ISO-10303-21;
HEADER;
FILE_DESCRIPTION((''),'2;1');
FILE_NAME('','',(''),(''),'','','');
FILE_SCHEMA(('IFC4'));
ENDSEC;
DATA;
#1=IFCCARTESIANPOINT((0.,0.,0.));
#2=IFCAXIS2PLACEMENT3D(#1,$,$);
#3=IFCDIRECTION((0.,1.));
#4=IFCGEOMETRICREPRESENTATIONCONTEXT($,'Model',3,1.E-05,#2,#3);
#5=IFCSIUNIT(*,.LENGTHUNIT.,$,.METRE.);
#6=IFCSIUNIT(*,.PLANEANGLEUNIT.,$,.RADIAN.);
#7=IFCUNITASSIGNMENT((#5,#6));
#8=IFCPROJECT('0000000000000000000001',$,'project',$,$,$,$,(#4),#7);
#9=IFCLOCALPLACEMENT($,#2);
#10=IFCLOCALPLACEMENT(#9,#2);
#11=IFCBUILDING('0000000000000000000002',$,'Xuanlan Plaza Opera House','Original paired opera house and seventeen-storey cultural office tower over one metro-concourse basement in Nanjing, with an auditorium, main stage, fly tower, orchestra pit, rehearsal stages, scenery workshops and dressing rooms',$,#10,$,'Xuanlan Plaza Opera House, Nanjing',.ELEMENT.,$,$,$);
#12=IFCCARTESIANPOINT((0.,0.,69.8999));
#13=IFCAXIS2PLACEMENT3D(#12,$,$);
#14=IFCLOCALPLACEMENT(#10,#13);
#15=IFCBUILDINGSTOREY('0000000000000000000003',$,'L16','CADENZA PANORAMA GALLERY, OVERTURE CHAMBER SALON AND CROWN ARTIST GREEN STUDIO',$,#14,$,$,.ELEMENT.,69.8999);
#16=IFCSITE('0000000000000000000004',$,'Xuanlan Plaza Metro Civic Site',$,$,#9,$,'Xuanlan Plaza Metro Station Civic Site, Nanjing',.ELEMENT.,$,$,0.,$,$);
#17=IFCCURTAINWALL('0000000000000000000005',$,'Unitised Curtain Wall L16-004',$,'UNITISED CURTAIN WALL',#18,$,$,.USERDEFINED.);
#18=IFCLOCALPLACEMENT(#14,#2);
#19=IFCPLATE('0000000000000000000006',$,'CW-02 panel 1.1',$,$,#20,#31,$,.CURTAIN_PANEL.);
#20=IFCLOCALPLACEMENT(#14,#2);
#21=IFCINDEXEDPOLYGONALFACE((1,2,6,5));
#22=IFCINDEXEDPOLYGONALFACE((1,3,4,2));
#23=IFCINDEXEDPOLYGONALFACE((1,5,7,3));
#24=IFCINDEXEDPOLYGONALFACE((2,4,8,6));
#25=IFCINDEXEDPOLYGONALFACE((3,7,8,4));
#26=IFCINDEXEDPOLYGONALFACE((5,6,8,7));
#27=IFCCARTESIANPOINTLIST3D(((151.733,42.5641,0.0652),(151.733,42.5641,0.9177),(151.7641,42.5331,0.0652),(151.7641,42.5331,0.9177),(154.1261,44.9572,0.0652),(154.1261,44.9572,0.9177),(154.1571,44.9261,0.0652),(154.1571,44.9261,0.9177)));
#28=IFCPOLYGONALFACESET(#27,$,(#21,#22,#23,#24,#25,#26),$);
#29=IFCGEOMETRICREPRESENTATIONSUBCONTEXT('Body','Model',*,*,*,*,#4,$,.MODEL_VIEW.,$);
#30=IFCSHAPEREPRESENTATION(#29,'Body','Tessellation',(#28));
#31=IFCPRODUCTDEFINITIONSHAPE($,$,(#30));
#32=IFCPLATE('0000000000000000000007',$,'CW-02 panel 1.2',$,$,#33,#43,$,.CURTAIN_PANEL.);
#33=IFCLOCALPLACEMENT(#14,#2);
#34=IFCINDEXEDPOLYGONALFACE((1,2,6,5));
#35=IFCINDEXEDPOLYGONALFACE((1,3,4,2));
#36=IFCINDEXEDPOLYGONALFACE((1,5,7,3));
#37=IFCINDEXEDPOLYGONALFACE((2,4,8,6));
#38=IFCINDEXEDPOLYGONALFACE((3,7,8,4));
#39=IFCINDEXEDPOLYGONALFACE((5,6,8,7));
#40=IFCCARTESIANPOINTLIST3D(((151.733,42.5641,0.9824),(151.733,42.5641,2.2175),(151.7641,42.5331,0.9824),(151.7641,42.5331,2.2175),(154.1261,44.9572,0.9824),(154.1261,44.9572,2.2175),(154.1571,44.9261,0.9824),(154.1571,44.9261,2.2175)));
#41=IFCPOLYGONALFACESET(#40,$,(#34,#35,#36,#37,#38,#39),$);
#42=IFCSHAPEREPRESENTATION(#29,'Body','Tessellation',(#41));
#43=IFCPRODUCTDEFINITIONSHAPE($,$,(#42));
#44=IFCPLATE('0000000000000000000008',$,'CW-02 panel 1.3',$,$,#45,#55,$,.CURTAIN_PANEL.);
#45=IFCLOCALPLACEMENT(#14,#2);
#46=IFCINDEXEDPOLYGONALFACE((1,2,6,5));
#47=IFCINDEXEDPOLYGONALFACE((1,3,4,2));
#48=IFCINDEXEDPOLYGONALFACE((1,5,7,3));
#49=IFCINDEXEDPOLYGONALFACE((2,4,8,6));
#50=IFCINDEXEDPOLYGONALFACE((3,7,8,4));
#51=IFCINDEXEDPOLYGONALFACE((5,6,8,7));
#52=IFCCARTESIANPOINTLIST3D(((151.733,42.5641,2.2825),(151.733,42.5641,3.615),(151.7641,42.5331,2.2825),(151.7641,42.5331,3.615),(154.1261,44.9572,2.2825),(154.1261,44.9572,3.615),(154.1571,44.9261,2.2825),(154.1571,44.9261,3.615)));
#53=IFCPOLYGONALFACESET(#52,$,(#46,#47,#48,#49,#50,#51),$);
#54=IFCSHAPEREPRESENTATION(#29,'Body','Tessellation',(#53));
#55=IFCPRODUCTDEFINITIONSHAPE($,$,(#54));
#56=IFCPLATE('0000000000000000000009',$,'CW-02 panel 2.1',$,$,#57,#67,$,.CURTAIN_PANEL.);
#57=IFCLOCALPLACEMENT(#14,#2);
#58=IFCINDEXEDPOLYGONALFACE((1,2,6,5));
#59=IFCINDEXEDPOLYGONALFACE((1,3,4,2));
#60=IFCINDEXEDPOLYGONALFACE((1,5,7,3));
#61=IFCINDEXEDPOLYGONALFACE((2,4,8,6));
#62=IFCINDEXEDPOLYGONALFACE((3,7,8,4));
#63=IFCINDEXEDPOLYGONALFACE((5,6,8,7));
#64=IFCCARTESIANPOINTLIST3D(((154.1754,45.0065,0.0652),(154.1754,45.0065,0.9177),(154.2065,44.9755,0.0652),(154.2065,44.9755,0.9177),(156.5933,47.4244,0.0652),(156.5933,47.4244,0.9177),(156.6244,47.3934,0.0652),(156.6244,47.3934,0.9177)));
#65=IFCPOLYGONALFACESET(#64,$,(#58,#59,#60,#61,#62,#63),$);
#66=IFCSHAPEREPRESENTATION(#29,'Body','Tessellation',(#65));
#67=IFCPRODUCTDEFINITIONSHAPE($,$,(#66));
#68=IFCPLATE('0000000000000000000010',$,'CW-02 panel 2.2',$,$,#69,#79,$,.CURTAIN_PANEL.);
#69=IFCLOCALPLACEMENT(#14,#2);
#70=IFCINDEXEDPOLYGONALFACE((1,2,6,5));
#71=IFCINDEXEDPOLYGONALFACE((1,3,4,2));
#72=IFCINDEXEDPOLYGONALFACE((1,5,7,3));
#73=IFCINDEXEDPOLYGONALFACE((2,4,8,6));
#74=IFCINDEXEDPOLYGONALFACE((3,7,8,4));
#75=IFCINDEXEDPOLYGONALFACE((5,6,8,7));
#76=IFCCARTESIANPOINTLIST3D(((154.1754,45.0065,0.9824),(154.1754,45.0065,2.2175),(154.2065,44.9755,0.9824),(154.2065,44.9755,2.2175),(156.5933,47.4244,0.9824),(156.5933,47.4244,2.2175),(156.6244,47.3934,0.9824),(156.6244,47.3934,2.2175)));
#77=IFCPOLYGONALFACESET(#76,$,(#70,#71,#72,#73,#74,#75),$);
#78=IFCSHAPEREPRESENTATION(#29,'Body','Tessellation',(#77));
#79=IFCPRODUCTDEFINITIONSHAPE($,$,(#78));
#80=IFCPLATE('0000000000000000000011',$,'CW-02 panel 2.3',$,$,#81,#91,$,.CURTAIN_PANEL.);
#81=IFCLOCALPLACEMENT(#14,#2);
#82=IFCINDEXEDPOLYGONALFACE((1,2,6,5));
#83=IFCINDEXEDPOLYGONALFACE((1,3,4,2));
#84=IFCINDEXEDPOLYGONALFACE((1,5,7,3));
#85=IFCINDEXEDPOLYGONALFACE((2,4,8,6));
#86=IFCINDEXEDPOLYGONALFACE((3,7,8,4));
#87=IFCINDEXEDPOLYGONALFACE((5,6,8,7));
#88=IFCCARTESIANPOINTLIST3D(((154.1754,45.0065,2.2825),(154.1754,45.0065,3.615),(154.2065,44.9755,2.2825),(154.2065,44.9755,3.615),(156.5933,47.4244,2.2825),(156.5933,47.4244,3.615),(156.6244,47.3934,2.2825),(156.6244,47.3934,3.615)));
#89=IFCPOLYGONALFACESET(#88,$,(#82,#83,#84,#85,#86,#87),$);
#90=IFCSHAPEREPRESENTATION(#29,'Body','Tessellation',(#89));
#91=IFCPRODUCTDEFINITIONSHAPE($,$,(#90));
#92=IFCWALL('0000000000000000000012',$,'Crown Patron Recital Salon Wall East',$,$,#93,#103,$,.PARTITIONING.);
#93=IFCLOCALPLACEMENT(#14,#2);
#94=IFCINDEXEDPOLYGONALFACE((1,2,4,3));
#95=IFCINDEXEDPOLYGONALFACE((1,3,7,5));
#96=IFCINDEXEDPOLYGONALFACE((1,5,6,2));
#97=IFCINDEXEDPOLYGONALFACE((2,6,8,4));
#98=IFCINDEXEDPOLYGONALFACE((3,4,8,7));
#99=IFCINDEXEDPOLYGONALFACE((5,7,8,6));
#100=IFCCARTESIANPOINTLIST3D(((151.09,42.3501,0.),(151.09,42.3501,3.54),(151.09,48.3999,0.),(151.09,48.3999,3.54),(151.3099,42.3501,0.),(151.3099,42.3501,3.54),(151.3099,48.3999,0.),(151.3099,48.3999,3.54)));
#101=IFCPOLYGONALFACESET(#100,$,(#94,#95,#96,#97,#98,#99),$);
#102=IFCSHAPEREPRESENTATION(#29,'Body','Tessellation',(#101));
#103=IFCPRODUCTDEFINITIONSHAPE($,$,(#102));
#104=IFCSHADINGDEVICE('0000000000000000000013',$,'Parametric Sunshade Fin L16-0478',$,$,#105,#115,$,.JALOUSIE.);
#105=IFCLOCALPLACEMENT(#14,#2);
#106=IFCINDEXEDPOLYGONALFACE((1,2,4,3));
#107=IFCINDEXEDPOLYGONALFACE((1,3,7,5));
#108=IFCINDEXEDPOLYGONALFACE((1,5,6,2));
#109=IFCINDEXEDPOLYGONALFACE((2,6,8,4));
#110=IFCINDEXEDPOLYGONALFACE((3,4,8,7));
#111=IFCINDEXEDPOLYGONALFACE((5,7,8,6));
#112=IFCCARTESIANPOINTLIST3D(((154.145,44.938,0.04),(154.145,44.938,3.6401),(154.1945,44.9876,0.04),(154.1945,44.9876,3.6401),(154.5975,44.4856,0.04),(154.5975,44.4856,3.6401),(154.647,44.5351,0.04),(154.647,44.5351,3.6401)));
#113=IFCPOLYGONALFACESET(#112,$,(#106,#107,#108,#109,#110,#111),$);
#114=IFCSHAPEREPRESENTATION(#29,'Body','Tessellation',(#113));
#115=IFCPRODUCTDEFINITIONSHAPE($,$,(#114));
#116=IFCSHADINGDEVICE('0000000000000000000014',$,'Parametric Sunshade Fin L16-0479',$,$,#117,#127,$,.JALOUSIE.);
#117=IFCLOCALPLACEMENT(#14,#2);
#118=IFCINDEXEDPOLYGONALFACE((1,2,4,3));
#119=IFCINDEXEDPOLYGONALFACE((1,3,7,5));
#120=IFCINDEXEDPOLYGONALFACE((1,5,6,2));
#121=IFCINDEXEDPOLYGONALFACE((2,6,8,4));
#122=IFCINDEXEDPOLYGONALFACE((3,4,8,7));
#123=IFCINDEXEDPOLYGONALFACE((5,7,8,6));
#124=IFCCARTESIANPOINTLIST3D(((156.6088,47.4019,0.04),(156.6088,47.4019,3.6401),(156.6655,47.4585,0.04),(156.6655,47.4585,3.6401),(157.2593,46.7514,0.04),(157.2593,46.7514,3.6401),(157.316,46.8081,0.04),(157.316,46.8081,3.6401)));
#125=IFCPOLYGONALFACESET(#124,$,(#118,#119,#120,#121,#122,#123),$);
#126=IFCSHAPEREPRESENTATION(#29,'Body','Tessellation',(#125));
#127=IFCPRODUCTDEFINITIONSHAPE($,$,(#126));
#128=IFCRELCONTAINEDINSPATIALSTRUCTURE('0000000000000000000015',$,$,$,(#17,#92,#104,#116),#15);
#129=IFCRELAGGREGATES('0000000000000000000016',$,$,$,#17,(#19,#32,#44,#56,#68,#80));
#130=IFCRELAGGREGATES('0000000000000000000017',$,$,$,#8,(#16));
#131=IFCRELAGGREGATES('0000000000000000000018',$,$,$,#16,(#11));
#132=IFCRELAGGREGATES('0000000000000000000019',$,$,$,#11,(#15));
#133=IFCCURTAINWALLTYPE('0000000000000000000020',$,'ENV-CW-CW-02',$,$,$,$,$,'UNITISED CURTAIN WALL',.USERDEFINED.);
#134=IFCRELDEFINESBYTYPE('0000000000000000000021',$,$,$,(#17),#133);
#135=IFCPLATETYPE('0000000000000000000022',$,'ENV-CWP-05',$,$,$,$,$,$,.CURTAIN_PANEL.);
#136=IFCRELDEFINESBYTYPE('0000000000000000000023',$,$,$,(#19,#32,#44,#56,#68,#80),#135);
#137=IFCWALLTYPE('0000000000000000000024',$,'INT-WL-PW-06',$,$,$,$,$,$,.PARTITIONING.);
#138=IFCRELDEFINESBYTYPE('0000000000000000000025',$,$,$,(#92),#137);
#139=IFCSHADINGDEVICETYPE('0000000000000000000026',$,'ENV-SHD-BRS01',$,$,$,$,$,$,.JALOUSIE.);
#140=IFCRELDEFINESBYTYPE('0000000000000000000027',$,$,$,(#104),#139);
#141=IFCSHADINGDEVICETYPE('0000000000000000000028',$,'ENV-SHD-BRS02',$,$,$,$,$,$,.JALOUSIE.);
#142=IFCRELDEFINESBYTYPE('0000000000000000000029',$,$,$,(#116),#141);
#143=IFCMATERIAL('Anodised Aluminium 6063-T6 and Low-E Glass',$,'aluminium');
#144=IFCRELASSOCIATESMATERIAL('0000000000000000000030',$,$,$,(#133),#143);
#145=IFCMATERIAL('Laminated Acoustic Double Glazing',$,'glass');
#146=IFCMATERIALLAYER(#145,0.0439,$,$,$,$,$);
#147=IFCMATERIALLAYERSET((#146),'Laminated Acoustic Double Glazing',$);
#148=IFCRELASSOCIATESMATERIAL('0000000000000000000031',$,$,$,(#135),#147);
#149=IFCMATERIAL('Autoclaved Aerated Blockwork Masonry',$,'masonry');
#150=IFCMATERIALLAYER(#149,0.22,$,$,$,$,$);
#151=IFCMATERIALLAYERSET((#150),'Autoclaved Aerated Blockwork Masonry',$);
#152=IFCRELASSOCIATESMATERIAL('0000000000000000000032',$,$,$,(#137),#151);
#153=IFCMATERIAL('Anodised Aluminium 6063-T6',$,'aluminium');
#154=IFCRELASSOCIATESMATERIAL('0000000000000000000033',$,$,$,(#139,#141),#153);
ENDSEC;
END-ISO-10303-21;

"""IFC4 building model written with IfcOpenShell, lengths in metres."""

from ifc_helpers import new_model, si_unit, direction, frame, frame_2d, origin, origin_2d, place, context, subcontext, project, spatial, rectangle, extrude, material, layer, layer_set, type_object, element, aggregate, save


model = new_model("IFC4")

# Units and contexts
model_context = context("Model", 3, precision=1e-05, world=origin(), true_north=direction((0.0, 1.0)))
body_context = subcontext(model_context, "Body", "Model", "MODEL_VIEW")
ifc_project = project(units=[si_unit("LENGTHUNIT", "METRE"), si_unit("PLANEANGLEUNIT", "RADIAN")], contexts=[model_context])

# Site, building, storey
site_placement = place(None, origin())
site = spatial("IfcSite", under=ifc_project, at=site_placement, Name="Xuanlan Plaza Metro Civic Site", LongName="Xuanlan Plaza Metro Station Civic Site, Nanjing", CompositionType="ELEMENT", RefElevation=0.0)
building_placement = place(site_placement, origin())
building = spatial("IfcBuilding", under=site, at=building_placement, Name="Xuanlan Plaza Opera House", Description="Original paired opera house and seventeen-storey cultural office tower over one metro-concourse basement in Nanjing, with an auditorium, main stage, fly tower, orchestra pit, rehearsal stages, scenery workshops and dressing rooms", LongName="Xuanlan Plaza Opera House, Nanjing", CompositionType="ELEMENT")
storey_placement = place(building_placement, frame((0.0, 0.0, 69.8999)))
storey = spatial("IfcBuildingStorey", under=building, at=storey_placement, Name="L16", Description="CADENZA PANORAMA GALLERY, OVERTURE CHAMBER SALON AND CROWN ARTIST GREEN STUDIO", CompositionType="ELEMENT", Elevation=69.8999)

# Curtain wall, plates
ifc_material_1 = material(Name="Anodised Aluminium 6063-T6 and Low-E Glass", Category="aluminium")
curtain_wall_type = type_object("IfcCurtainWallType", Name="ENV-CW-CW-02", ElementType="UNITISED CURTAIN WALL", PredefinedType="USERDEFINED", material=ifc_material_1)
curtain_wall_placement = place(storey_placement, origin())
curtain_wall = element("IfcCurtainWall", 1, at=curtain_wall_placement, inside=storey, type_object=curtain_wall_type, Name="Unitised Curtain Wall L16-004", ObjectType="UNITISED CURTAIN WALL", PredefinedType="USERDEFINED")
ifc_material_2 = material(Name="Anodised Aluminium 6063-T6", Category="aluminium")
ifc_material_3 = material(Name="Laminated Acoustic Double Glazing", Category="glass")
ifc_layer_1 = layer(ifc_material_3, 0.0439)
ifc_layer_set_1 = layer_set([ifc_layer_1], Name="Laminated Acoustic Double Glazing")
plate_type = type_object("IfcPlateType", Name="ENV-CWP-05", PredefinedType="CURTAIN_PANEL", material=ifc_layer_set_1)
plate_1_placement = place(storey_placement, frame((152.9451, 43.7451, 0.0652), z_axis=(0.0, 0.0, 1.0), x_axis=(0.707107, 0.707107, 0.0)))
plate_1 = element("IfcPlate", 2, at=plate_1_placement, type_object=plate_type, Name="CW-02 panel 1.1", PredefinedType="CURTAIN_PANEL", context=body_context, shape_type="SweptSolid", body=[
    extrude(rectangle(XDim=3.3843, YDim=0.0439, at=origin_2d()), origin(), (0.0, 0.0, 1.0), 0.8525),
])
plate_2_placement = place(storey_placement, frame((152.9451, 43.7451, 0.9824), z_axis=(0.0, 0.0, 1.0), x_axis=(0.707107, 0.707107, 0.0)))
plate_2 = element("IfcPlate", 3, at=plate_2_placement, type_object=plate_type, Name="CW-02 panel 1.2", PredefinedType="CURTAIN_PANEL", context=body_context, shape_type="SweptSolid", body=[
    extrude(rectangle(XDim=3.3843, YDim=0.0439, at=origin_2d()), origin(), (0.0, 0.0, 1.0), 1.2351),
])
plate_3_placement = place(storey_placement, frame((152.9451, 43.7451, 2.2825), z_axis=(0.0, 0.0, 1.0), x_axis=(0.707107, 0.707107, 0.0)))
plate_3 = element("IfcPlate", 4, at=plate_3_placement, type_object=plate_type, Name="CW-02 panel 1.3", PredefinedType="CURTAIN_PANEL", context=body_context, shape_type="SweptSolid", body=[
    extrude(rectangle(XDim=3.3843, YDim=0.0439, at=origin_2d()), origin(), (0.0, 0.0, 1.0), 1.3325),
])
plate_4_placement = place(storey_placement, frame((155.3999, 46.2, 0.0652), z_axis=(0.0, 0.0, 1.0), x_axis=(0.707107, 0.707107, 0.0)))
plate_4 = element("IfcPlate", 5, at=plate_4_placement, type_object=plate_type, Name="CW-02 panel 2.1", PredefinedType="CURTAIN_PANEL", context=body_context, shape_type="SweptSolid", body=[
    extrude(rectangle(XDim=3.4194, YDim=0.0439, at=origin_2d()), origin(), (0.0, 0.0, 1.0), 0.8525),
])
plate_5_placement = place(storey_placement, frame((155.3999, 46.2, 0.9824), z_axis=(0.0, 0.0, 1.0), x_axis=(0.707107, 0.707107, 0.0)))
plate_5 = element("IfcPlate", 6, at=plate_5_placement, type_object=plate_type, Name="CW-02 panel 2.2", PredefinedType="CURTAIN_PANEL", context=body_context, shape_type="SweptSolid", body=[
    extrude(rectangle(XDim=3.4194, YDim=0.0439, at=origin_2d()), origin(), (0.0, 0.0, 1.0), 1.2351),
])
plate_6_placement = place(storey_placement, frame((155.3999, 46.2, 2.2825), z_axis=(0.0, 0.0, 1.0), x_axis=(0.707107, 0.707107, 0.0)))
plate_6 = element("IfcPlate", 7, at=plate_6_placement, type_object=plate_type, Name="CW-02 panel 2.3", PredefinedType="CURTAIN_PANEL", context=body_context, shape_type="SweptSolid", body=[
    extrude(rectangle(XDim=3.4194, YDim=0.0439, at=origin_2d()), origin(), (0.0, 0.0, 1.0), 1.3325),
])
aggregate(curtain_wall, [plate_1, plate_2, plate_3, plate_4, plate_5, plate_6])

# Wall
ifc_material_4 = material(Name="Autoclaved Aerated Blockwork Masonry", Category="masonry")
ifc_layer_2 = layer(ifc_material_4, 0.22)
ifc_layer_set_2 = layer_set([ifc_layer_2], Name="Autoclaved Aerated Blockwork Masonry")
wall_type = type_object("IfcWallType", Name="INT-WL-PW-06", PredefinedType="PARTITIONING", material=ifc_layer_set_2)
wall_placement = place(storey_placement, frame((151.2, 42.3501, 0.0), z_axis=(0.0, 0.0, 1.0), x_axis=(0.0, 1.0, 0.0)))
element("IfcWall", 8, at=wall_placement, inside=storey, type_object=wall_type, Name="Crown Patron Recital Salon Wall East", PredefinedType="PARTITIONING", context=body_context, shape_type="SweptSolid", body=[
    extrude(rectangle(XDim=6.0498, YDim=0.22, at=frame_2d((3.0249, 0.0))), origin(), (0.0, 0.0, 1.0), 3.54),
])

# Shading devices
shading_device_type_1 = type_object("IfcShadingDeviceType", Name="ENV-SHD-BRS01", PredefinedType="JALOUSIE", material=ifc_material_2)
shading_device_1_placement = place(storey_placement, frame((154.396, 44.7366, 0.04), z_axis=(0.0, 0.0, 1.0), x_axis=(0.707107, -0.707107, 0.0)))
element("IfcShadingDevice", 9, at=shading_device_1_placement, inside=storey, type_object=shading_device_type_1, Name="Parametric Sunshade Fin L16-0478", PredefinedType="JALOUSIE", context=body_context, shape_type="SweptSolid", body=[
    extrude(rectangle(XDim=0.6399, YDim=0.0701, at=origin_2d()), origin(), (0.0, 0.0, 1.0), 3.6001),
])
shading_device_type_2 = type_object("IfcShadingDeviceType", Name="ENV-SHD-BRS02", PredefinedType="JALOUSIE", material=ifc_material_2)
shading_device_2_placement = place(storey_placement, frame((156.9624, 47.105, 0.04), z_axis=(0.0, 0.0, 1.0), x_axis=(0.707107, -0.707107, 0.0)))
element("IfcShadingDevice", 10, at=shading_device_2_placement, inside=storey, type_object=shading_device_type_2, Name="Parametric Sunshade Fin L16-0479", PredefinedType="JALOUSIE", context=body_context, shape_type="SweptSolid", body=[
    extrude(rectangle(XDim=0.9199, YDim=0.0801, at=origin_2d()), origin(), (0.0, 0.0, 1.0), 3.6001),
])

save(model, "model.ifc")
